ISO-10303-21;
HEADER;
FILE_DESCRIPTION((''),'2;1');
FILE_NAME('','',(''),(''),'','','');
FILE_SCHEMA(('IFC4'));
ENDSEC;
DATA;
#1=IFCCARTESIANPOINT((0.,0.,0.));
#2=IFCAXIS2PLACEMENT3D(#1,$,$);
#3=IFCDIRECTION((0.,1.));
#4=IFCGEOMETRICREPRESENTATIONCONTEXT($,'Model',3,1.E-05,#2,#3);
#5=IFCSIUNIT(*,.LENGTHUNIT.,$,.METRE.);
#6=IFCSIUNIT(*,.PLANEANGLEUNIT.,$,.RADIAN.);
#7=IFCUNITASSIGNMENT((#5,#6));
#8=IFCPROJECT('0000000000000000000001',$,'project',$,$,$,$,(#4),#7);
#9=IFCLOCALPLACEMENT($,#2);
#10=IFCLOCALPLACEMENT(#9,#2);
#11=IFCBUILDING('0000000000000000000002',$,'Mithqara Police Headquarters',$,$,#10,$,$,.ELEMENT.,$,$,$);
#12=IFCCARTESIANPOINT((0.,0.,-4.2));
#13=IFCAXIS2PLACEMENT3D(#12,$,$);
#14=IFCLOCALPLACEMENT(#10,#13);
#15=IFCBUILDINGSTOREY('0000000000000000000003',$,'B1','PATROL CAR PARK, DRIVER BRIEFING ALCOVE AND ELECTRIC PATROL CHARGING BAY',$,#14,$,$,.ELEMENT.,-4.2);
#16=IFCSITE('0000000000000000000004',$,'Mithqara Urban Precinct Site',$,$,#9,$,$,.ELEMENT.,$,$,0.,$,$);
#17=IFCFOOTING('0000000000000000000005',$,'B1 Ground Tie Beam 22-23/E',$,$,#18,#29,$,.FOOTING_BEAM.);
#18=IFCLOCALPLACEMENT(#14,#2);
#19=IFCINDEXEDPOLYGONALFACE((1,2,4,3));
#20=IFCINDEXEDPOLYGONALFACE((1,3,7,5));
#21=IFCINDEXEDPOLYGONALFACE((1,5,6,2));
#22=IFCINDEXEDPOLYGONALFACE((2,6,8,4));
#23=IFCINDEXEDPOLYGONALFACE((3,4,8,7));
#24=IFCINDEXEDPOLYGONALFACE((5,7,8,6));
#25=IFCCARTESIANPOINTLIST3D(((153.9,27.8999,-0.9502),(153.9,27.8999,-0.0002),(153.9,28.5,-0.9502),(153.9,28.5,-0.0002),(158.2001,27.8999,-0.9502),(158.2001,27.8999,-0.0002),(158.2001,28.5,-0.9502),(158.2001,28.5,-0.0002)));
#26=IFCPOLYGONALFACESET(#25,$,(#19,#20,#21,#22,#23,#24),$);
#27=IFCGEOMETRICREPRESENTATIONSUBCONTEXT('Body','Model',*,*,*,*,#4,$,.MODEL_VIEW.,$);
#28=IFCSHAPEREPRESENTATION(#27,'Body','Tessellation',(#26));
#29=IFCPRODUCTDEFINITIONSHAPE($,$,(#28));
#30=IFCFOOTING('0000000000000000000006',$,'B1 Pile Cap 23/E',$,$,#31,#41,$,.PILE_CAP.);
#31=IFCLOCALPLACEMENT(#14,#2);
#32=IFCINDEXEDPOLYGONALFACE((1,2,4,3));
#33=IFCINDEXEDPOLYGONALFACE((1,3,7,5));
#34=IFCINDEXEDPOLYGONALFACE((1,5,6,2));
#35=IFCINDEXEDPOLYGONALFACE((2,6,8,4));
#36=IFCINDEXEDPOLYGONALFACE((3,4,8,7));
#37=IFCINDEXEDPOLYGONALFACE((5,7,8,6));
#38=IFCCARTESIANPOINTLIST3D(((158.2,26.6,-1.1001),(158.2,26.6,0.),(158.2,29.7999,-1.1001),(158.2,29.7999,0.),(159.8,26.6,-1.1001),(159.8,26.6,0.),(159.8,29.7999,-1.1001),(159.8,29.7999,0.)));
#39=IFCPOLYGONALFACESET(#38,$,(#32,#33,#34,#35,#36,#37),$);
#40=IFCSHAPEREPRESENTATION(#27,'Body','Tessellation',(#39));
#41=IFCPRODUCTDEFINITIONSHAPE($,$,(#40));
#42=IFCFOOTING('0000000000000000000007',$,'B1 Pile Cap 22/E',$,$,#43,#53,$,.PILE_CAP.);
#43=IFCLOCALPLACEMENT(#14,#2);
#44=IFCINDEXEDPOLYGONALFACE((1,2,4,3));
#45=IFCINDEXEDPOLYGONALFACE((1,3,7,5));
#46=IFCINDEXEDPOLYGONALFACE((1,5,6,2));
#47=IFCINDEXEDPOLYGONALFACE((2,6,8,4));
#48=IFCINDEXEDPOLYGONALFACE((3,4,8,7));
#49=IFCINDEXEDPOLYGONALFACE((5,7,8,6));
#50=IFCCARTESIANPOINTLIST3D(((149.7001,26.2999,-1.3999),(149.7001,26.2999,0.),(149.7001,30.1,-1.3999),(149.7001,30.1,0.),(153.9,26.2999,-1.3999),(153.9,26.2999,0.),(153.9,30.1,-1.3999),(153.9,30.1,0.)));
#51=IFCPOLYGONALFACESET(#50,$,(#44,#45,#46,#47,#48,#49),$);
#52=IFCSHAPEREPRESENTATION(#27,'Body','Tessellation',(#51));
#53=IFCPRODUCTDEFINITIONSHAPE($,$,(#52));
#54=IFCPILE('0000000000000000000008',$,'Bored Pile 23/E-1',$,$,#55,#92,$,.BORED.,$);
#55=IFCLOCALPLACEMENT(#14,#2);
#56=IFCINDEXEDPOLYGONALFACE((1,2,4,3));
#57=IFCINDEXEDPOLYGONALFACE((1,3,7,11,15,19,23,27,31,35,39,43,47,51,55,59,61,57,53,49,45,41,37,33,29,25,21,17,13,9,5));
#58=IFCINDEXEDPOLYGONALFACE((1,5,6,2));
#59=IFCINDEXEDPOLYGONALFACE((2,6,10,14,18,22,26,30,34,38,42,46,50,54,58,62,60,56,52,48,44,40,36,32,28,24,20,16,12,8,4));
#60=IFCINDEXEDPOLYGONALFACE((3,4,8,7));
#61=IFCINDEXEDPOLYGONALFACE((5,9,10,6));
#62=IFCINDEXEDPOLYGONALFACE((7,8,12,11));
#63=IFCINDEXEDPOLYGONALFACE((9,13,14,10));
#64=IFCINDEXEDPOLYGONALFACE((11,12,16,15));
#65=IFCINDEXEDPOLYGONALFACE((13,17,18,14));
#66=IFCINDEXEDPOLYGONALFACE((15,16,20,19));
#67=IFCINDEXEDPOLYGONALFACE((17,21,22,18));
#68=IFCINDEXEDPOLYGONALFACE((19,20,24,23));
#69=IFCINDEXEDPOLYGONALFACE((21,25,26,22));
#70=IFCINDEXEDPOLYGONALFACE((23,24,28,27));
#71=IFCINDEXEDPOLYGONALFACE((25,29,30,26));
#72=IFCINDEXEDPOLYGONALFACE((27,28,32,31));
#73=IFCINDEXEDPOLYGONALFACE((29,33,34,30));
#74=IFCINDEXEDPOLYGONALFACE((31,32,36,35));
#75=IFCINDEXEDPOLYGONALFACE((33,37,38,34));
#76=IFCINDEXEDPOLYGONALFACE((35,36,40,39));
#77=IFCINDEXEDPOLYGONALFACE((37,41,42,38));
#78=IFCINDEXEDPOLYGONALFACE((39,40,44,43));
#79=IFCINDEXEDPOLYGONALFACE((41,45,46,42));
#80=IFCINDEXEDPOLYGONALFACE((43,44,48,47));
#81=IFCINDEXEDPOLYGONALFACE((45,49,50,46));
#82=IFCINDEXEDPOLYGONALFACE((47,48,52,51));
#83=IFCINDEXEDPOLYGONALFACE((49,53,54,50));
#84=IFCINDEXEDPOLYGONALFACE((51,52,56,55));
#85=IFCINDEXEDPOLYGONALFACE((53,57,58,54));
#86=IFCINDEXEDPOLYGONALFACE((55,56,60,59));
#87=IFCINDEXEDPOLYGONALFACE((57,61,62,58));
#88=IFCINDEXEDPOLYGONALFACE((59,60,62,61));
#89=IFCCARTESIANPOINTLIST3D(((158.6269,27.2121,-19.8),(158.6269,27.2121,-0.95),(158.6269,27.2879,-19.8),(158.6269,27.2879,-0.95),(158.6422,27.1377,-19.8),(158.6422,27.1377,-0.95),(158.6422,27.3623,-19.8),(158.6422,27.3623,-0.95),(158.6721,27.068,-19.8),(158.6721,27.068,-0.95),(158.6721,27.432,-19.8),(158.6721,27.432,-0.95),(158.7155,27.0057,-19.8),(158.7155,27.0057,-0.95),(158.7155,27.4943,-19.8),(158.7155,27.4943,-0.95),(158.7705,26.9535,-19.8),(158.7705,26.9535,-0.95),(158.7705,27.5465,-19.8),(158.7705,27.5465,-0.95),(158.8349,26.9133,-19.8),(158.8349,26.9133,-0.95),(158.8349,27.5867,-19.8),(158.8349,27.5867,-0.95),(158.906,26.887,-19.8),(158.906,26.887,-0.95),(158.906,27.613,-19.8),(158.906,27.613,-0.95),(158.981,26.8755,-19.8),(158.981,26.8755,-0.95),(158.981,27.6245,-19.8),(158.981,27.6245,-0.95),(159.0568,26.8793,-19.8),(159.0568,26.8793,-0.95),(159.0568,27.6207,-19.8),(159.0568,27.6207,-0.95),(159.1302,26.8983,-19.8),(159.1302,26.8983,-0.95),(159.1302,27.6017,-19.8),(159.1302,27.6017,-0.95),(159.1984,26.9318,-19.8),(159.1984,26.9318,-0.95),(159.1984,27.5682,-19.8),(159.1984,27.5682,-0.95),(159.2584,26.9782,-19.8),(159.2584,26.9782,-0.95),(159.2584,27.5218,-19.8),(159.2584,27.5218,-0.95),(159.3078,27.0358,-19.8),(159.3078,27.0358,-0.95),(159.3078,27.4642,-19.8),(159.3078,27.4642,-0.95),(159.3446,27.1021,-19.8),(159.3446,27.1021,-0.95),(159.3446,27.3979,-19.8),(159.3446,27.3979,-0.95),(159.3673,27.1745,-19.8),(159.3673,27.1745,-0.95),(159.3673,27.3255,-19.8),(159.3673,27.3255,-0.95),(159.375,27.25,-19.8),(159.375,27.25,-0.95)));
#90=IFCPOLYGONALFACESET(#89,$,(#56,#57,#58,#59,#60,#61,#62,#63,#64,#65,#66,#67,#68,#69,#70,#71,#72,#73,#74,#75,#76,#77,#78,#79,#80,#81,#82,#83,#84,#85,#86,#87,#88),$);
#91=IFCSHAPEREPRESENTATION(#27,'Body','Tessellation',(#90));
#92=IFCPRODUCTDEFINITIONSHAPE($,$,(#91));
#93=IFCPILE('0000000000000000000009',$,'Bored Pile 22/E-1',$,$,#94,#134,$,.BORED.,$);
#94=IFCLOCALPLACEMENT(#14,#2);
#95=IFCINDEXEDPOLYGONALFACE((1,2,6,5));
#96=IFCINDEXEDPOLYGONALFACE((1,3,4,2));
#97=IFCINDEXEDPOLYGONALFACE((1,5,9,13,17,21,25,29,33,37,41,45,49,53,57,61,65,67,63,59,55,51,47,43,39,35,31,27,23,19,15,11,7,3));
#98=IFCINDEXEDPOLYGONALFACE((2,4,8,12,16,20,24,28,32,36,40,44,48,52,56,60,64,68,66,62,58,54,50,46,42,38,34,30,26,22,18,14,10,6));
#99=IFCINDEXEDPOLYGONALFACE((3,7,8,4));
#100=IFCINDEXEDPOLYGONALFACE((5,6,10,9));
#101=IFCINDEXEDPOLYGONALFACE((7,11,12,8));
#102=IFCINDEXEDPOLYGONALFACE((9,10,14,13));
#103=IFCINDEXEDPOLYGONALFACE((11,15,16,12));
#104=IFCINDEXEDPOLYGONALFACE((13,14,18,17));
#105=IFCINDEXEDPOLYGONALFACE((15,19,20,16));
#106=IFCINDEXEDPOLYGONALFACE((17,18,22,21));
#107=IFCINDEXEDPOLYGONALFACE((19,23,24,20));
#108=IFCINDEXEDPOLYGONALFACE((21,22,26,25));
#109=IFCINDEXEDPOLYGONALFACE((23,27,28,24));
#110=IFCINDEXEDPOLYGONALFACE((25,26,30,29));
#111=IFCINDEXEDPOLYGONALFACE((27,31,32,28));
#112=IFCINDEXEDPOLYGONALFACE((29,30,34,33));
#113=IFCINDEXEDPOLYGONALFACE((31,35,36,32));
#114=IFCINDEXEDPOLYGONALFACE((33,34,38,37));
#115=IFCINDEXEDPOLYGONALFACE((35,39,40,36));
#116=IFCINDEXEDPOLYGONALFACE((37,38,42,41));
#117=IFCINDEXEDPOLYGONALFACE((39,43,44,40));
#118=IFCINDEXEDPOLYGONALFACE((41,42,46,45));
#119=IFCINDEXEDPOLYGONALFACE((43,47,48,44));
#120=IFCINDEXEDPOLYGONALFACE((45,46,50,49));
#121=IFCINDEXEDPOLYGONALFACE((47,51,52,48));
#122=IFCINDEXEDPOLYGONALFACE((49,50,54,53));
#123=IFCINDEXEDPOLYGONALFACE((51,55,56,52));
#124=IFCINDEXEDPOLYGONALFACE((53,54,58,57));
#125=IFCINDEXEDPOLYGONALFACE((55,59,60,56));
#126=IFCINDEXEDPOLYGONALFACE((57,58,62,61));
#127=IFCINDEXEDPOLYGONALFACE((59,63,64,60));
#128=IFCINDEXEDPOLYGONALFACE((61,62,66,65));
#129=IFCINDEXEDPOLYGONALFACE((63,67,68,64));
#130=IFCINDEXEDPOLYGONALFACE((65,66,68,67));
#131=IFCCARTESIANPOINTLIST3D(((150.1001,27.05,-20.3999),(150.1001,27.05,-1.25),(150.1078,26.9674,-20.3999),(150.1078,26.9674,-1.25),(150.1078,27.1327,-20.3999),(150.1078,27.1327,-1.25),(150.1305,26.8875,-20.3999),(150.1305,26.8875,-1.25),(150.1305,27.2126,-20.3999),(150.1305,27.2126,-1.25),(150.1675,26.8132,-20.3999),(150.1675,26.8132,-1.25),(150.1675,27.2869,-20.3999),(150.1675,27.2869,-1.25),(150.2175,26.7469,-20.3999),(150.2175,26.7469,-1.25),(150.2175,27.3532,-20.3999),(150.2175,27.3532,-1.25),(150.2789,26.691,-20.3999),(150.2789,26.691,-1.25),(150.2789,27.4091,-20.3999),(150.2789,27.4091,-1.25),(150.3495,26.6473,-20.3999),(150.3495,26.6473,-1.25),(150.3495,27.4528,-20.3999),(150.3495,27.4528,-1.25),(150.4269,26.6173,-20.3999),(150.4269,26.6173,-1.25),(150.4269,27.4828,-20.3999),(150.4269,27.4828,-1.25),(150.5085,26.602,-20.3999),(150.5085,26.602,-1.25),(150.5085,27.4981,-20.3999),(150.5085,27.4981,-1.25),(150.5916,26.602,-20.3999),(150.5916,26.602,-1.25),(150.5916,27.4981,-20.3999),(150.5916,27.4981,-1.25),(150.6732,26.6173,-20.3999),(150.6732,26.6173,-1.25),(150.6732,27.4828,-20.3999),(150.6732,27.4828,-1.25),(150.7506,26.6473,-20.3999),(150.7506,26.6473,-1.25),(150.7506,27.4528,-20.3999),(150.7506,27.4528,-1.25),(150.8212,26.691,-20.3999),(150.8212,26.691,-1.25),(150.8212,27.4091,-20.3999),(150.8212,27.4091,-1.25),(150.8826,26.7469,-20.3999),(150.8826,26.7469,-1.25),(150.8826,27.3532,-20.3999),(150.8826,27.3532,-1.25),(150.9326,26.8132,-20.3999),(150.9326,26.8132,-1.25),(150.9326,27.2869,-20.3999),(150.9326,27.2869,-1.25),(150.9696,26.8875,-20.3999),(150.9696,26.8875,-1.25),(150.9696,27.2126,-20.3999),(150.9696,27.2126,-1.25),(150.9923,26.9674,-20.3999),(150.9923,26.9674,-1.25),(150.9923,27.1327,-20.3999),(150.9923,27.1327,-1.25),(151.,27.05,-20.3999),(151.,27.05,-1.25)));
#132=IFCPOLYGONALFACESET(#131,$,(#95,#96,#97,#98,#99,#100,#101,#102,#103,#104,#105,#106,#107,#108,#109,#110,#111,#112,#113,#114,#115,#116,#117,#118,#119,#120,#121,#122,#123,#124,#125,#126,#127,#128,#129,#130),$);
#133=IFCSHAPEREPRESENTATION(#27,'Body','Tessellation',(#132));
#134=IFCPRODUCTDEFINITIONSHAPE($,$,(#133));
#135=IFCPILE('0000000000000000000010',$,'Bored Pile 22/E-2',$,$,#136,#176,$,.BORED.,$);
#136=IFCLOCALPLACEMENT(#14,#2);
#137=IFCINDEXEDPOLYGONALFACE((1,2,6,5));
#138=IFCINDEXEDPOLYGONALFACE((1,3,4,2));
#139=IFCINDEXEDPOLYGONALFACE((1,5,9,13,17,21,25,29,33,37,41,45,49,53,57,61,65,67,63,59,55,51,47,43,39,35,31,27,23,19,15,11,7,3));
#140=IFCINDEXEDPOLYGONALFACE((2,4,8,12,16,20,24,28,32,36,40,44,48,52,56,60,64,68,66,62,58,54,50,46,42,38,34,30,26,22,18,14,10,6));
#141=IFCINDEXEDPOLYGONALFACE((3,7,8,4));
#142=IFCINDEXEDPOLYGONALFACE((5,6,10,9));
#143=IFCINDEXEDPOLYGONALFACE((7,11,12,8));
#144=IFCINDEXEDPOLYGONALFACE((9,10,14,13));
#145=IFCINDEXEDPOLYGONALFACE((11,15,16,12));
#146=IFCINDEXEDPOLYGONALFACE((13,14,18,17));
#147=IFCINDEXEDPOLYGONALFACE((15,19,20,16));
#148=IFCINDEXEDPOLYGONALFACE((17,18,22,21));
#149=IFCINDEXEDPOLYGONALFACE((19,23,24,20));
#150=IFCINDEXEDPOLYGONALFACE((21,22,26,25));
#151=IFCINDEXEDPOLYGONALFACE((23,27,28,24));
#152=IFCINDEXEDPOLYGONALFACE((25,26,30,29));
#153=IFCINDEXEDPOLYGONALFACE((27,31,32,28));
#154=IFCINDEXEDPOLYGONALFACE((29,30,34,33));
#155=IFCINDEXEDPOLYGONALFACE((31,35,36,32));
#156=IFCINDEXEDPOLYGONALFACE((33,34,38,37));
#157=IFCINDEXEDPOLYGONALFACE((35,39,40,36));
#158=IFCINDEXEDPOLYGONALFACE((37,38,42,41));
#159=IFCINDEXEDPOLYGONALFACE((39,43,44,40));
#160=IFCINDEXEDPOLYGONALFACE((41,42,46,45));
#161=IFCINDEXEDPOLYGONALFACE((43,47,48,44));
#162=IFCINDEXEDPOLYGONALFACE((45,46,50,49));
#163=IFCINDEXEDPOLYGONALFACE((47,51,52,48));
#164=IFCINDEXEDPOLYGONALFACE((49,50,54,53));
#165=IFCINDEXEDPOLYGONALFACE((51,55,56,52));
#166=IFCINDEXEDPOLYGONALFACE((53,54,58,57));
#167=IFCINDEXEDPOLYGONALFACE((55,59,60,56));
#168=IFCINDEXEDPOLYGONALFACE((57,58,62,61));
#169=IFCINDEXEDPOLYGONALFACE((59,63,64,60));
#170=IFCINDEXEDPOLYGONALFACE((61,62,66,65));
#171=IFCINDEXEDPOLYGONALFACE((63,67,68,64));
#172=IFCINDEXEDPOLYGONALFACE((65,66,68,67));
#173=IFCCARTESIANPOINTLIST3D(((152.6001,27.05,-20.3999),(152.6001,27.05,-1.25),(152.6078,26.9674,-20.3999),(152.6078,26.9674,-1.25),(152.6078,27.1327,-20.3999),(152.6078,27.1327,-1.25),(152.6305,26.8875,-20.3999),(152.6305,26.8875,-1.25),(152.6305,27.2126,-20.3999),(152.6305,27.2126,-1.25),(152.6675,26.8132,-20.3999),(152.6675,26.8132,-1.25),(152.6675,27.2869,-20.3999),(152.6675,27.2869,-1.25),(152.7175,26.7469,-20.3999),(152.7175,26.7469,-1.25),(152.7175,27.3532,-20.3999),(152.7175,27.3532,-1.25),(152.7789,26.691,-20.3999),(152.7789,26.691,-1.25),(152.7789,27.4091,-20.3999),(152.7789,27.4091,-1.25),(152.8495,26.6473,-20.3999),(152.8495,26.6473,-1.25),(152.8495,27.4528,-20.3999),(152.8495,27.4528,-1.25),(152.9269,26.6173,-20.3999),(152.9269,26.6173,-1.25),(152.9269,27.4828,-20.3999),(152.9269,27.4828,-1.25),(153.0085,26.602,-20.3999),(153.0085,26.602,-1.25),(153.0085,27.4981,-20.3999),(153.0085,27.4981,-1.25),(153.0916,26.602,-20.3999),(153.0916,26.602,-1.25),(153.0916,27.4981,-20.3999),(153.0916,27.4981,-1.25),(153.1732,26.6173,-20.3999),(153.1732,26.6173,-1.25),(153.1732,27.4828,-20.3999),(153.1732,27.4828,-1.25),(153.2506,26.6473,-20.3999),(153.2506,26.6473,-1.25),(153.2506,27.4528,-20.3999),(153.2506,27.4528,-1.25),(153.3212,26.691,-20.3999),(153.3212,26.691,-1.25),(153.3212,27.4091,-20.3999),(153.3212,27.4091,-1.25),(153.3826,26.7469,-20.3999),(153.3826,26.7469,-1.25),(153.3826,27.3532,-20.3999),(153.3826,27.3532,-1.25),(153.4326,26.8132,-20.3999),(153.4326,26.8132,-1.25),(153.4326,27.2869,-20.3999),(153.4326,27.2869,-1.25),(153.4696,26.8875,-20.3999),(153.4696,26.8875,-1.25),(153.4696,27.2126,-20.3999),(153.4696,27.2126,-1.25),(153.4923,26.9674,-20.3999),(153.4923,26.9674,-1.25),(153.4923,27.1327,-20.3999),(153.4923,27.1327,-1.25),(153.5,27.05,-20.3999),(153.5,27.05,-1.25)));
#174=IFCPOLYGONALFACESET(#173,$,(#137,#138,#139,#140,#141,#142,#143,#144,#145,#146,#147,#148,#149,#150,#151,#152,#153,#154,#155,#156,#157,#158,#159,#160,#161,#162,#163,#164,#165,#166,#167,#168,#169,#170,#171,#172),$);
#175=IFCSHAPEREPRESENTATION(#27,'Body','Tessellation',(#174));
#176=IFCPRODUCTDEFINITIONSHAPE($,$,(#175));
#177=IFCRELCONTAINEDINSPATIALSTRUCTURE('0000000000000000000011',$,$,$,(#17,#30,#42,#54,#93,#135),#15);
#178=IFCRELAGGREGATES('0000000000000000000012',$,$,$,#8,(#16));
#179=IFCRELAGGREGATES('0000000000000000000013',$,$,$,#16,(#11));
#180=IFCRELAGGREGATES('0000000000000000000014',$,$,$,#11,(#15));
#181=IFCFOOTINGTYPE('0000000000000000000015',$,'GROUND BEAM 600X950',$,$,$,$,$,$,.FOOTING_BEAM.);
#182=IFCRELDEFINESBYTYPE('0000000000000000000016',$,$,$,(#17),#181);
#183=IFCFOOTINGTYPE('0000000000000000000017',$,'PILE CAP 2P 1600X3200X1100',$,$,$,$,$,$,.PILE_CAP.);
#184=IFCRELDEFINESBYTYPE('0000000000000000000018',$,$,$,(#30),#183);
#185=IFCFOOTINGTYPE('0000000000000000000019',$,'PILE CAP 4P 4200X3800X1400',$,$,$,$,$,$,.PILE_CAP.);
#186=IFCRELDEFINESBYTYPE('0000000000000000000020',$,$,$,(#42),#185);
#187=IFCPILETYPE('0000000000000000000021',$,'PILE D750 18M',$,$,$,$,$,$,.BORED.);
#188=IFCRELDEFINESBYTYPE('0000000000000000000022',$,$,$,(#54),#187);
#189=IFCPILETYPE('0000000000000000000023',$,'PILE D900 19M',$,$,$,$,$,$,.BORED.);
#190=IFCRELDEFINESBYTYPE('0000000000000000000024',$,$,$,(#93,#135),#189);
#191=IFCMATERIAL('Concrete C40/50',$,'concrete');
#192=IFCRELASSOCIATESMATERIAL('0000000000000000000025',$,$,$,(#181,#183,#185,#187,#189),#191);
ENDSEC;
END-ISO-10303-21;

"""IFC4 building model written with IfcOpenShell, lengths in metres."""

from ifc_helpers import new_model, si_unit, direction, frame, origin, origin_2d, place, context, subcontext, project, spatial, rectangle, circle, extrude, material, material_profile, profile_set, type_object, element, save


model = new_model("IFC4")

# Units and contexts
model_context = context("Model", 3, precision=1e-05, world=origin(), true_north=direction((0.0, 1.0)))
body_context = subcontext(model_context, "Body", "Model", "MODEL_VIEW")
ifc_project = project(units=[si_unit("LENGTHUNIT", "METRE"), si_unit("PLANEANGLEUNIT", "RADIAN")], contexts=[model_context])

# Site, building, storey
site_placement = place(None, origin())
site = spatial("IfcSite", under=ifc_project, at=site_placement, Name="Mithqara Urban Precinct Site", CompositionType="ELEMENT", RefElevation=0.0)
building_placement = place(site_placement, origin())
building = spatial("IfcBuilding", under=site, at=building_placement, Name="Mithqara Police Headquarters", CompositionType="ELEMENT")
storey_placement = place(building_placement, frame((0.0, 0.0, -4.2)))
storey = spatial("IfcBuildingStorey", under=building, at=storey_placement, Name="B1", Description="PATROL CAR PARK, DRIVER BRIEFING ALCOVE AND ELECTRIC PATROL CHARGING BAY", CompositionType="ELEMENT", Elevation=-4.2)

# Footings
ifc_material_1 = material(Name="Concrete C40/50", Category="concrete")
footing_type_1 = type_object("IfcFootingType", Name="GROUND BEAM 600X950", PredefinedType="FOOTING_BEAM", material=ifc_material_1)
footing_1_placement = place(storey_placement, frame((156.05, 28.2, -0.9502), z_axis=(0.0, 0.0, 1.0), x_axis=(1.0, 0.0, 0.0)))
element("IfcFooting", 1, at=footing_1_placement, inside=storey, type_object=footing_type_1, Name="B1 Ground Tie Beam 22-23/E", PredefinedType="FOOTING_BEAM", context=body_context, shape_type="SweptSolid", body=[
    extrude(rectangle(XDim=4.3, YDim=0.6001, at=origin_2d()), origin(), (0.0, 0.0, 1.0), 0.95),
])
footing_type_2 = type_object("IfcFootingType", Name="PILE CAP 2P 1600X3200X1100", PredefinedType="PILE_CAP", material=ifc_material_1)
footing_2_placement = place(storey_placement, frame((159.0, 28.2, -1.1001), z_axis=(0.0, 0.0, 1.0), x_axis=(1.0, 0.0, 0.0)))
element("IfcFooting", 2, at=footing_2_placement, inside=storey, type_object=footing_type_2, Name="B1 Pile Cap 23/E", PredefinedType="PILE_CAP", context=body_context, shape_type="SweptSolid", body=[
    extrude(rectangle(XDim=1.6001, YDim=3.2, at=origin_2d()), origin(), (0.0, 0.0, 1.0), 1.1001),
])
footing_type_3 = type_object("IfcFootingType", Name="PILE CAP 4P 4200X3800X1400", PredefinedType="PILE_CAP", material=ifc_material_1)
footing_3_placement = place(storey_placement, frame((151.8, 28.2, -1.3999), z_axis=(0.0, 0.0, 1.0), x_axis=(1.0, 0.0, 0.0)))
element("IfcFooting", 3, at=footing_3_placement, inside=storey, type_object=footing_type_3, Name="B1 Pile Cap 22/E", PredefinedType="PILE_CAP", context=body_context, shape_type="SweptSolid", body=[
    extrude(rectangle(XDim=4.2, YDim=3.8, at=origin_2d()), origin(), (0.0, 0.0, 1.0), 1.3999),
])

# Piles
ifc_material_profile_1 = material_profile(ifc_material_1, circle(Radius=0.375, at=origin_2d()), Name="PILE D750")
ifc_profile_set_1 = profile_set([ifc_material_profile_1], Name="Concrete C40/50")
pile_type_1 = type_object("IfcPileType", Name="PILE D750 18M", PredefinedType="BORED", material=ifc_profile_set_1)
pile_placement = place(storey_placement, frame((159.0, 27.25, -0.95), z_axis=(0.0, 0.0, -1.0), x_axis=(1.0, 0.0, 0.0)))
element("IfcPile", 4, at=pile_placement, inside=storey, type_object=pile_type_1, Name="Bored Pile 23/E-1", PredefinedType="BORED", context=body_context, shape_type="SweptSolid", body=[
    extrude(circle(Radius=0.375, at=origin_2d()), origin(), (0.0, 0.0, 1.0), 18.8501),
])
ifc_material_profile_2 = material_profile(ifc_material_1, circle(Radius=0.45, at=origin_2d()), Name="PILE D900")
ifc_profile_set_2 = profile_set([ifc_material_profile_2], Name="Concrete C40/50")
pile_type_2 = type_object("IfcPileType", Name="PILE D900 19M", PredefinedType="BORED", material=ifc_profile_set_2)
for number, where, z_axis, x_axis, name in (
    (5, (150.55, 27.05, -1.25), (0.0, 0.0, -1.0), (1.0, 0.0, 0.0), "Bored Pile 22/E-1"),
    (6, (153.05, 27.05, -1.25), (0.0, 0.0, -1.0), (1.0, 0.0, 0.0), "Bored Pile 22/E-2"),
):
    element("IfcPile", number, at=place(storey_placement, frame(where, z_axis=z_axis, x_axis=x_axis)), inside=storey, type_object=pile_type_2, Name=name, PredefinedType="BORED", context=body_context, shape_type="SweptSolid", body=[
        extrude(circle(Radius=0.45, at=origin_2d()), origin(), (0.0, 0.0, 1.0), 19.1499),
    ])

save(model, "model.ifc")
